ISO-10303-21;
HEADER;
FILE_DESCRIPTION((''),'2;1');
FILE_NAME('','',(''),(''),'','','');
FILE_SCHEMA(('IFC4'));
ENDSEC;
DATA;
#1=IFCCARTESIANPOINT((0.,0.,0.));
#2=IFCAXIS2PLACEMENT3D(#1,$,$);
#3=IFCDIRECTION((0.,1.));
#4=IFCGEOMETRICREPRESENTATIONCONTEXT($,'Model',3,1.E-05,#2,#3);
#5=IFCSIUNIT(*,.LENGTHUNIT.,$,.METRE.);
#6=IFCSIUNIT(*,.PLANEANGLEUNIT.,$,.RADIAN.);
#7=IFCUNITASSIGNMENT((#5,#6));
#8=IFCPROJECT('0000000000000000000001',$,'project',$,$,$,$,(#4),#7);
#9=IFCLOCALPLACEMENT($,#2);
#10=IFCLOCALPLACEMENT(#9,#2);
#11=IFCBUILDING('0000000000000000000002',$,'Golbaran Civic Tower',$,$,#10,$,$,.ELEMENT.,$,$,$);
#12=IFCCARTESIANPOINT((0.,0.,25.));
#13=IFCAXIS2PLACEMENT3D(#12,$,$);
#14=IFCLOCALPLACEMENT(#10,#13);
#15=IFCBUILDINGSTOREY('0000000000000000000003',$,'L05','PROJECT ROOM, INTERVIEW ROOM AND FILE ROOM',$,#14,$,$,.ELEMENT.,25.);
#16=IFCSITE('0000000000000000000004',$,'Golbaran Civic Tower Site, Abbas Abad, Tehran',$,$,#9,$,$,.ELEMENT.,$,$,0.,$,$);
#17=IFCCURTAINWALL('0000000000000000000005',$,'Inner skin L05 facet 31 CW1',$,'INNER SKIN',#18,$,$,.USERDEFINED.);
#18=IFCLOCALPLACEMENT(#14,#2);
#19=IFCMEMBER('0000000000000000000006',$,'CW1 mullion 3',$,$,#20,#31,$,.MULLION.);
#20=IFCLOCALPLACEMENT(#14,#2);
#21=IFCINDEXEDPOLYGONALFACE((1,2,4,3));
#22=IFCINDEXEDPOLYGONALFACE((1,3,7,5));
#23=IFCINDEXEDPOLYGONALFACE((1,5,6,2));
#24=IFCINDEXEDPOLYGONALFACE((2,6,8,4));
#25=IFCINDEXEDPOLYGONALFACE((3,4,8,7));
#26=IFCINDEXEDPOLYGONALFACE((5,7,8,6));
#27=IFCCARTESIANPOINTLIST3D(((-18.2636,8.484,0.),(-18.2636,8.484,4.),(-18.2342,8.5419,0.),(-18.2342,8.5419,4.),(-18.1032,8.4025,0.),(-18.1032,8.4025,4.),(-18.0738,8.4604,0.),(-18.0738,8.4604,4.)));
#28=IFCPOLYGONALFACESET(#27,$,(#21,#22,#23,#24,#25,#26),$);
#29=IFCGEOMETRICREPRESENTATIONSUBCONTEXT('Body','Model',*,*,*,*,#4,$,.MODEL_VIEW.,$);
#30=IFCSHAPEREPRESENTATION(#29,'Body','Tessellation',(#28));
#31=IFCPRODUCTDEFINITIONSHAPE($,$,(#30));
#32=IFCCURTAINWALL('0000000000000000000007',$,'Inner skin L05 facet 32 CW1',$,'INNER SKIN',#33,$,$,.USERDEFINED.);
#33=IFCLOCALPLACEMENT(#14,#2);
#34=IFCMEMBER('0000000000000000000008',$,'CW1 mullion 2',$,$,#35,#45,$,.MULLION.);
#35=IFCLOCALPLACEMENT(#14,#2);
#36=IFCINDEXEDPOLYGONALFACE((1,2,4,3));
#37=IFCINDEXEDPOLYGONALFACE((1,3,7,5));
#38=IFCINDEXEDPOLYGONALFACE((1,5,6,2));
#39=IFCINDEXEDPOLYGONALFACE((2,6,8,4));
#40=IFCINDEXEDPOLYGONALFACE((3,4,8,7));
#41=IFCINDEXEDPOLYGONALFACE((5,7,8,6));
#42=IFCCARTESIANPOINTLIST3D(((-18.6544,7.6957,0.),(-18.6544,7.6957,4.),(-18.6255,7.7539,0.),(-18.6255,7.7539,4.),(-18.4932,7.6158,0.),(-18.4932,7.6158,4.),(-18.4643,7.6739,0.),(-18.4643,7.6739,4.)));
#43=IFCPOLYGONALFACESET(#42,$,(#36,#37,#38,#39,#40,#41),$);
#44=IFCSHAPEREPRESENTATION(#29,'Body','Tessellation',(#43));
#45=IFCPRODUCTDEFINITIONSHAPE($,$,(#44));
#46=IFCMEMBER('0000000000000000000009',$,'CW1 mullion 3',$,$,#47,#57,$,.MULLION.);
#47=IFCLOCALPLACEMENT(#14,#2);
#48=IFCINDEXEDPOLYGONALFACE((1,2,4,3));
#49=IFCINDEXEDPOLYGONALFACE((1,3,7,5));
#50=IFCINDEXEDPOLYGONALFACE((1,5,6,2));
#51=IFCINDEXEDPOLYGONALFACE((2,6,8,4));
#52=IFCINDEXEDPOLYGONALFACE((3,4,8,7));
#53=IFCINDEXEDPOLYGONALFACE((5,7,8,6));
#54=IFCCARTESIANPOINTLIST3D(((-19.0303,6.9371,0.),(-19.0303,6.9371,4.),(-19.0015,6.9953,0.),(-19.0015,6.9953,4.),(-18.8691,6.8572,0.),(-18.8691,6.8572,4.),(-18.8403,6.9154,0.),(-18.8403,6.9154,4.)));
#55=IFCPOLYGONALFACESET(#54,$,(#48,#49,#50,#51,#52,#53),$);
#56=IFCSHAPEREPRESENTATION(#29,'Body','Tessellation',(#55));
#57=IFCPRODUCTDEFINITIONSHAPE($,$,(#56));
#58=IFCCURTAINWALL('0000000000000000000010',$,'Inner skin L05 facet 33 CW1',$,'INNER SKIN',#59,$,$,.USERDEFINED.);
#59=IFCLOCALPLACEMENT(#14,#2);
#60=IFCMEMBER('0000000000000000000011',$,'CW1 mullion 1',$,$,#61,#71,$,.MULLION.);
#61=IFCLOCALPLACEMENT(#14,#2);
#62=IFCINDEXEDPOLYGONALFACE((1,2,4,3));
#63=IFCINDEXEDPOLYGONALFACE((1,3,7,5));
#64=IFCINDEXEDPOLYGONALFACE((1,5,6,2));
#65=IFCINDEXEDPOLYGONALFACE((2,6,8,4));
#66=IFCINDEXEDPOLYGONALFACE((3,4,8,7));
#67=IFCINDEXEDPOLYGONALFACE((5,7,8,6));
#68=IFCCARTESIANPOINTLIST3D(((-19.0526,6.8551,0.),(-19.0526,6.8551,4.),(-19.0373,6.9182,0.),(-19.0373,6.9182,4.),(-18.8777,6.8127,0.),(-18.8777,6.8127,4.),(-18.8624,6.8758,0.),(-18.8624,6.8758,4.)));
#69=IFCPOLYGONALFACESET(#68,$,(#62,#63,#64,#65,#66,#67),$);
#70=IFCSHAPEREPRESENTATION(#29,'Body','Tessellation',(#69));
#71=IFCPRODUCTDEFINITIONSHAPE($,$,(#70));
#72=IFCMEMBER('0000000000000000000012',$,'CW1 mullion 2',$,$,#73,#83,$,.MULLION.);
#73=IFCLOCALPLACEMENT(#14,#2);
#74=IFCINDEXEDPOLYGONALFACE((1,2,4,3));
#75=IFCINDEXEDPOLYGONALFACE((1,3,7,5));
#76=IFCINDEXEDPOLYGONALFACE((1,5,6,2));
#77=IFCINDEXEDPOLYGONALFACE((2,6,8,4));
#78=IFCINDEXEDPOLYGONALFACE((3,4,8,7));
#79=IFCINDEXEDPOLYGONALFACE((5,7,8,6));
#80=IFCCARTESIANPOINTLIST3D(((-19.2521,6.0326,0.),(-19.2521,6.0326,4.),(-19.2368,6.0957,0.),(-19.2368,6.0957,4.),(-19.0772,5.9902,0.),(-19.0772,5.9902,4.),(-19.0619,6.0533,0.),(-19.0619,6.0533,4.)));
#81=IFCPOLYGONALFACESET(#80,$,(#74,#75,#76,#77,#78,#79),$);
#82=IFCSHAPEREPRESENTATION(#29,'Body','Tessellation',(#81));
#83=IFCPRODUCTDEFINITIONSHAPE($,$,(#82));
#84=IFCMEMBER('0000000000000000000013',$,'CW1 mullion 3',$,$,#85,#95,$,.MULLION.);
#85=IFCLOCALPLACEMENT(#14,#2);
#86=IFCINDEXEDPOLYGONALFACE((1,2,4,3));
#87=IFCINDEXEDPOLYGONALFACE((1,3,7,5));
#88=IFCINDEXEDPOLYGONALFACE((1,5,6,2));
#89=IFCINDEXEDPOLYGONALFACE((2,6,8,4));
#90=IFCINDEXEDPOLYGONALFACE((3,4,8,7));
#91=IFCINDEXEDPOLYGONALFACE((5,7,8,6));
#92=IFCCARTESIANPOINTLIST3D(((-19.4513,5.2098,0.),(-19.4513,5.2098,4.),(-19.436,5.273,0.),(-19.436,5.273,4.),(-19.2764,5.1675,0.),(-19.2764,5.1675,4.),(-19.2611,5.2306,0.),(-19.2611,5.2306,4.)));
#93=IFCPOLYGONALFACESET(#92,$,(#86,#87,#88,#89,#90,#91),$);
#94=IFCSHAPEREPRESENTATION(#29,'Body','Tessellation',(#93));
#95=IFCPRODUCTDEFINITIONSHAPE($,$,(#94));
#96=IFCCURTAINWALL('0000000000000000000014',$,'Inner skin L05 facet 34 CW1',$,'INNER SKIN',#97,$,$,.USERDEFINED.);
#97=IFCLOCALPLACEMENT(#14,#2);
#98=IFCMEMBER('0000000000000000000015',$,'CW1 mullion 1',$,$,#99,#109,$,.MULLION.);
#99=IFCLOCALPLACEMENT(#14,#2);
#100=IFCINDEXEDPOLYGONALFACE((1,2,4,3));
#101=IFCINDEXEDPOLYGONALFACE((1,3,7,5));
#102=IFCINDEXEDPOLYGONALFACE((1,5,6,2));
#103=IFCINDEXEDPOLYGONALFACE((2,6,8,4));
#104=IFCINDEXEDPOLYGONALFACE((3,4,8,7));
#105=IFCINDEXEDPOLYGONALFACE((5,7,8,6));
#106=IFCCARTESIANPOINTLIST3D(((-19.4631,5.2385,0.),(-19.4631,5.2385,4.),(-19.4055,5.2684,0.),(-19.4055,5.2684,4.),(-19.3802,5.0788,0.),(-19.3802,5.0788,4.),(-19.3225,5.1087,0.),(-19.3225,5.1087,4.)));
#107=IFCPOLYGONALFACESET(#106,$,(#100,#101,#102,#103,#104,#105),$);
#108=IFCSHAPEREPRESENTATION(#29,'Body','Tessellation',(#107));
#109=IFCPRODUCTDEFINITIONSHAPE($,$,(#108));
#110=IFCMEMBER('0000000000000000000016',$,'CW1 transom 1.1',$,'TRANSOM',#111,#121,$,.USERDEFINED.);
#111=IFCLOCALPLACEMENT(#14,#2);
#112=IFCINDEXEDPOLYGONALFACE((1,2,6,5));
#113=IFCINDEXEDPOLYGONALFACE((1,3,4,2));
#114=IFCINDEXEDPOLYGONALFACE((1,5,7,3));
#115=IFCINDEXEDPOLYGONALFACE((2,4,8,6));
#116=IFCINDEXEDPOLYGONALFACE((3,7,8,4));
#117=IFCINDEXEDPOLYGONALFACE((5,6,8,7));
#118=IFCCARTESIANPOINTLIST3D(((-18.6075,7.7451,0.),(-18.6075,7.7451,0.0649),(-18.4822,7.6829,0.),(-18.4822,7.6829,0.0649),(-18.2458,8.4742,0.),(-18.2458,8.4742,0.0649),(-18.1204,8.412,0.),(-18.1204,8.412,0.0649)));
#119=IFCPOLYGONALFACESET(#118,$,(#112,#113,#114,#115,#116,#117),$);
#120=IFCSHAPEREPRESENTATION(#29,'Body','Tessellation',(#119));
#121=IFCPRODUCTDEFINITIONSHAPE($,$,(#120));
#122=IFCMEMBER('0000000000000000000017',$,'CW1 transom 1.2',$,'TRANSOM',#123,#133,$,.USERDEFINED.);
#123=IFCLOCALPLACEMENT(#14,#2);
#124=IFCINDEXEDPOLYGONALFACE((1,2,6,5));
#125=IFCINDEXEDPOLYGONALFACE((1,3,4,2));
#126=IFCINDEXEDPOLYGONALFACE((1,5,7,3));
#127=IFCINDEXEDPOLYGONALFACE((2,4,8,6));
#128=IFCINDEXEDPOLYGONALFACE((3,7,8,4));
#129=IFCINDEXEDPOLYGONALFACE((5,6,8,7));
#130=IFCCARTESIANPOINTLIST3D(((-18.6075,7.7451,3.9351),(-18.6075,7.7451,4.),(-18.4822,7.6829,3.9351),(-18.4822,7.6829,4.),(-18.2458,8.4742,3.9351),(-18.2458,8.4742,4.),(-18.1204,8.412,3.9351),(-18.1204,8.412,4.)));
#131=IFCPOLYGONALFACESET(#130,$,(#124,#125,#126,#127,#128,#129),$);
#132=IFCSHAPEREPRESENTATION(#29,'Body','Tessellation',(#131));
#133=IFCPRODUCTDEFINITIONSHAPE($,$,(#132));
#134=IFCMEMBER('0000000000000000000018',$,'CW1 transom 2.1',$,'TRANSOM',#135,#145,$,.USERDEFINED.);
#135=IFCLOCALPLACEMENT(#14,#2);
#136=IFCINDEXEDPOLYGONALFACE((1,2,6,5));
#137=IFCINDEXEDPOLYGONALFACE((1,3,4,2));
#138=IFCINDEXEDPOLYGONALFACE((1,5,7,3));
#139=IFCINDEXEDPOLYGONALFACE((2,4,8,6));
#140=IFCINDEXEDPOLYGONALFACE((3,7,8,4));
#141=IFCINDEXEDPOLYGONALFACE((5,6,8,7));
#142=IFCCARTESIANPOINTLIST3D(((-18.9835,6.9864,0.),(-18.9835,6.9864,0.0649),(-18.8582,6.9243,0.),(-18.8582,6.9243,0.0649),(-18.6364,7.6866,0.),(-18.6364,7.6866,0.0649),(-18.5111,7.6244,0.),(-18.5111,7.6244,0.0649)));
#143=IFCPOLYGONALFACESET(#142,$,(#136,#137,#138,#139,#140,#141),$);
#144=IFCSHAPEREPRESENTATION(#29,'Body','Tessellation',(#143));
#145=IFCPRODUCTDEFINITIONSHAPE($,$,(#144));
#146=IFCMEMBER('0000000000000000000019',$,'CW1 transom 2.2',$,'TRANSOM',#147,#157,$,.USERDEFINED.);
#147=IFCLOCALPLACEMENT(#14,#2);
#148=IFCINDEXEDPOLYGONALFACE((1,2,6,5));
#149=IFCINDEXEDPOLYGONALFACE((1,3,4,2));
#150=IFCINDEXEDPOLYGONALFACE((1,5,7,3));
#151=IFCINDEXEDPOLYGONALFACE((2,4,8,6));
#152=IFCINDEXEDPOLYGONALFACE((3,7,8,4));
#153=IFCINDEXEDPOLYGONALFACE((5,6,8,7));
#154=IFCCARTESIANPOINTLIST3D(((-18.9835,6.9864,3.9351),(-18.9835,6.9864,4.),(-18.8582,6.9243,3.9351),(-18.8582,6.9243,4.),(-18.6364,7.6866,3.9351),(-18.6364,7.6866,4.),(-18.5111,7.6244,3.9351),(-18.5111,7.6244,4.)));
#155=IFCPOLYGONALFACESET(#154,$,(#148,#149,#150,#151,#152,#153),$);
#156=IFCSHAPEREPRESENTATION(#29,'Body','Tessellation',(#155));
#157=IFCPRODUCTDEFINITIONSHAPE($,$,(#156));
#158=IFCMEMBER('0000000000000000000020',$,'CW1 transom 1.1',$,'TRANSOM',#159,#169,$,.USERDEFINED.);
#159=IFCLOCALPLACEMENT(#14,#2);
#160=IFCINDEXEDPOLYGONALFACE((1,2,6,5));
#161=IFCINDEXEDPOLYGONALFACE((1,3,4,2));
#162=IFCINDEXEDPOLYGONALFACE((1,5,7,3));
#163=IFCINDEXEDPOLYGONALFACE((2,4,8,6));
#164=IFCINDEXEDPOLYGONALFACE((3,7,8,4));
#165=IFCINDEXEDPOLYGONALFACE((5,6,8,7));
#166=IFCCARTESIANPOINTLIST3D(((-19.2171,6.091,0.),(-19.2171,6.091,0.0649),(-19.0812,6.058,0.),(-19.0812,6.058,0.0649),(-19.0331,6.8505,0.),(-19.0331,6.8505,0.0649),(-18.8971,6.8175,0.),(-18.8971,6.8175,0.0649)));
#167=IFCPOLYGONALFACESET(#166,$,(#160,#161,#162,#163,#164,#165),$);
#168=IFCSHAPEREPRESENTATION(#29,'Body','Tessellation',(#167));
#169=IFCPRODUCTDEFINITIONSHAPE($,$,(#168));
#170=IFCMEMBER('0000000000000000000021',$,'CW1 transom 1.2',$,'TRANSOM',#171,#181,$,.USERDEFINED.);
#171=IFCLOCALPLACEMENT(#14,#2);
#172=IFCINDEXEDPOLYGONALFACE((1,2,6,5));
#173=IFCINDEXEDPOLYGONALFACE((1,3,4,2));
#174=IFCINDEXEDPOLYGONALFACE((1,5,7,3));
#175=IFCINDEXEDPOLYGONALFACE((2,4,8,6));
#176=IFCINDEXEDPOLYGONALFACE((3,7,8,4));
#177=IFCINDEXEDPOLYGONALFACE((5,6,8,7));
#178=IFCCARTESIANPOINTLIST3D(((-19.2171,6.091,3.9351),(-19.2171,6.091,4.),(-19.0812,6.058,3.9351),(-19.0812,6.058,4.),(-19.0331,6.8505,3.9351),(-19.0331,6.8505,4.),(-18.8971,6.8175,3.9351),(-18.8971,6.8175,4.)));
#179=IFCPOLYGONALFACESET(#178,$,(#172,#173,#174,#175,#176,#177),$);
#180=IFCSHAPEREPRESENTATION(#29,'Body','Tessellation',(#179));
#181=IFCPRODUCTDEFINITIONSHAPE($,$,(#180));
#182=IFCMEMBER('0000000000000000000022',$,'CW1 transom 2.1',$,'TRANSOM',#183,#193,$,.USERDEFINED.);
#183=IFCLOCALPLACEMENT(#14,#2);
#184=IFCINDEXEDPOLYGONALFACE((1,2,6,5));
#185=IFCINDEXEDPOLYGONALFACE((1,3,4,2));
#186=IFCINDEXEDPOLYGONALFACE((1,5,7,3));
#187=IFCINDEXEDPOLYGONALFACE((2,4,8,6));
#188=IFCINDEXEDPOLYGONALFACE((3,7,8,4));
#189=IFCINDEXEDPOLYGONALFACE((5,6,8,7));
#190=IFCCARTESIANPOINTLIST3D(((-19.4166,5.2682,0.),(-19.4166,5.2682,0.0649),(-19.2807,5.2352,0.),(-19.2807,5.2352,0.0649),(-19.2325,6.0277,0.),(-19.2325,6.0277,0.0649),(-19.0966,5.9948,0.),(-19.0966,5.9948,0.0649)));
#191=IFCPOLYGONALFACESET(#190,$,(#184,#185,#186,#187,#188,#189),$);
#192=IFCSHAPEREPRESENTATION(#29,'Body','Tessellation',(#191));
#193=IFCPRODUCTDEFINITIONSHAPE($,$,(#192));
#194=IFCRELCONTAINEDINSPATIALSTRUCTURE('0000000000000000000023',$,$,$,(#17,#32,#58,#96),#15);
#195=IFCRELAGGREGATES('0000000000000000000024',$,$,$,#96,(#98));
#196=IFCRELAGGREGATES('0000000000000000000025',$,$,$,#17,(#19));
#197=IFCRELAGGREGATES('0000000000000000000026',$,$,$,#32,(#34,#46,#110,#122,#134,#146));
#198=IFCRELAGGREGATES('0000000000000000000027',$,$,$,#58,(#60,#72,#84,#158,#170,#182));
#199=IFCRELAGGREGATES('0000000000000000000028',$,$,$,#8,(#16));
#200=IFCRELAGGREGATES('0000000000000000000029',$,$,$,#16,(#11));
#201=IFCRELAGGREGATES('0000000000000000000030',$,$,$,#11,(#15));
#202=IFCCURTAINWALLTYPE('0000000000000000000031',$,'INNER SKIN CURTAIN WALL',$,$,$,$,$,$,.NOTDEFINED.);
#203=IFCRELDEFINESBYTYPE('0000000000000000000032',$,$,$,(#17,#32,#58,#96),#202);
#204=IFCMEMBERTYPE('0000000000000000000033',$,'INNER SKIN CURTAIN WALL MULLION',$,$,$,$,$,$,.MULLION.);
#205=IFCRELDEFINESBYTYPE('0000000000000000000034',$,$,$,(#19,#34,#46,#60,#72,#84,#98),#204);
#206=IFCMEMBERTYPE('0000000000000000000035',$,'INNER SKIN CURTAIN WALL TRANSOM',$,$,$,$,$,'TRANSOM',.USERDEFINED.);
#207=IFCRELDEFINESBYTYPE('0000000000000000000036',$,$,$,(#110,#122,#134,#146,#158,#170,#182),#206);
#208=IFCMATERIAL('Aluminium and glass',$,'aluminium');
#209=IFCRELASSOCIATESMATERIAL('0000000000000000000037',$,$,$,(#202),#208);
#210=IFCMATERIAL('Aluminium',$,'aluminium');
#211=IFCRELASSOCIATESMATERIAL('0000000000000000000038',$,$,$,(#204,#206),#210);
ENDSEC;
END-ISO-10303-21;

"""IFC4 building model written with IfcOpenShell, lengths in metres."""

from ifc_helpers import new_model, si_unit, direction, frame, origin, origin_2d, place, context, subcontext, project, spatial, rectangle, extrude, material, material_profile, profile_set, type_object, element, aggregate, save


model = new_model("IFC4")

# Units and contexts
model_context = context("Model", 3, precision=1e-05, world=origin(), true_north=direction((0.0, 1.0)))
body_context = subcontext(model_context, "Body", "Model", "MODEL_VIEW")
ifc_project = project(units=[si_unit("LENGTHUNIT", "METRE"), si_unit("PLANEANGLEUNIT", "RADIAN")], contexts=[model_context])

# Site, building, storey
site_placement = place(None, origin())
site = spatial("IfcSite", under=ifc_project, at=site_placement, Name="Golbaran Civic Tower Site, Abbas Abad, Tehran", CompositionType="ELEMENT", RefElevation=0.0)
building_placement = place(site_placement, origin())
building = spatial("IfcBuilding", under=site, at=building_placement, Name="Golbaran Civic Tower", CompositionType="ELEMENT")
storey_placement = place(building_placement, frame((0.0, 0.0, 25.0)))
storey = spatial("IfcBuildingStorey", under=building, at=storey_placement, Name="L05", Description="PROJECT ROOM, INTERVIEW ROOM AND FILE ROOM", CompositionType="ELEMENT", Elevation=25.0)

# Curtain wall, member
ifc_material_1 = material(Name="Aluminium and glass", Category="aluminium")
curtain_wall_type = type_object("IfcCurtainWallType", Name="INNER SKIN CURTAIN WALL", PredefinedType="NOTDEFINED", material=ifc_material_1)
curtain_wall_1_placement = place(storey_placement, origin())
curtain_wall_1 = element("IfcCurtainWall", 1, at=curtain_wall_1_placement, inside=storey, type_object=curtain_wall_type, Name="Inner skin L05 facet 31 CW1", ObjectType="INNER SKIN", PredefinedType="USERDEFINED")
ifc_material_2 = material(Name="Aluminium", Category="aluminium")
ifc_material_profile_1 = material_profile(ifc_material_2, rectangle(XDim=0.1799, YDim=0.0649, at=origin_2d()), Name="INNER SKIN CURTAIN WALL MULLION")
ifc_profile_set_1 = profile_set([ifc_material_profile_1], Name="Aluminium")
member_type_1 = type_object("IfcMemberType", Name="INNER SKIN CURTAIN WALL MULLION", PredefinedType="MULLION", material=ifc_profile_set_1)
member_1_placement = place(storey_placement, frame((-18.1687, 8.4722, 0.0), z_axis=(0.0, 0.0, 1.0), x_axis=(0.891492, -0.453037, 0.0)))
member_1 = element("IfcMember", 2, at=member_1_placement, type_object=member_type_1, Name="CW1 mullion 3", PredefinedType="MULLION", context=body_context, shape_type="SweptSolid", body=[
    extrude(rectangle(XDim=0.1799, YDim=0.0649, at=origin_2d()), origin(), (0.0, 0.0, 1.0), 4.0),
])

# Curtain walls, members
curtain_wall_2_placement = place(storey_placement, origin())
curtain_wall_2 = element("IfcCurtainWall", 3, at=curtain_wall_2_placement, inside=storey, type_object=curtain_wall_type, Name="Inner skin L05 facet 32 CW1", ObjectType="INNER SKIN", PredefinedType="USERDEFINED")
member_2_placement = place(storey_placement, frame((-18.5593, 7.6848, 0.0), z_axis=(0.0, 0.0, 1.0), x_axis=(0.895887, -0.444283, 0.0)))
member_2 = element("IfcMember", 4, at=member_2_placement, type_object=member_type_1, Name="CW1 mullion 2", PredefinedType="MULLION", context=body_context, shape_type="SweptSolid", body=[
    extrude(rectangle(XDim=0.1799, YDim=0.0649, at=origin_2d()), origin(), (0.0, 0.0, 1.0), 4.0),
])
member_3_placement = place(storey_placement, frame((-18.9353, 6.9263, 0.0), z_axis=(0.0, 0.0, 1.0), x_axis=(0.895887, -0.444283, 0.0)))
member_3 = element("IfcMember", 5, at=member_3_placement, type_object=member_type_1, Name="CW1 mullion 3", PredefinedType="MULLION", context=body_context, shape_type="SweptSolid", body=[
    extrude(rectangle(XDim=0.1799, YDim=0.0649, at=origin_2d()), origin(), (0.0, 0.0, 1.0), 4.0),
])
curtain_wall_3_placement = place(storey_placement, origin())
curtain_wall_3 = element("IfcCurtainWall", 6, at=curtain_wall_3_placement, inside=storey, type_object=curtain_wall_type, Name="Inner skin L05 facet 33 CW1", ObjectType="INNER SKIN", PredefinedType="USERDEFINED")
member_4_placement = place(storey_placement, frame((-18.9575, 6.8655, 0.0), z_axis=(0.0, 0.0, 1.0), x_axis=(0.971868, -0.235525, 0.0)))
member_4 = element("IfcMember", 7, at=member_4_placement, type_object=member_type_1, Name="CW1 mullion 1", PredefinedType="MULLION", context=body_context, shape_type="SweptSolid", body=[
    extrude(rectangle(XDim=0.1799, YDim=0.0649, at=origin_2d()), origin(), (0.0, 0.0, 1.0), 4.0),
])
member_5_placement = place(storey_placement, frame((-19.157, 6.043, 0.0), z_axis=(0.0, 0.0, 1.0), x_axis=(0.971868, -0.235525, 0.0)))
member_5 = element("IfcMember", 8, at=member_5_placement, type_object=member_type_1, Name="CW1 mullion 2", PredefinedType="MULLION", context=body_context, shape_type="SweptSolid", body=[
    extrude(rectangle(XDim=0.1799, YDim=0.0649, at=origin_2d()), origin(), (0.0, 0.0, 1.0), 4.0),
])
member_6_placement = place(storey_placement, frame((-19.3562, 5.2202, 0.0), z_axis=(0.0, 0.0, 1.0), x_axis=(0.971868, -0.235525, 0.0)))
member_6 = element("IfcMember", 9, at=member_6_placement, type_object=member_type_1, Name="CW1 mullion 3", PredefinedType="MULLION", context=body_context, shape_type="SweptSolid", body=[
    extrude(rectangle(XDim=0.1799, YDim=0.0649, at=origin_2d()), origin(), (0.0, 0.0, 1.0), 4.0),
])

# Curtain wall, member
curtain_wall_4_placement = place(storey_placement, origin())
curtain_wall_4 = element("IfcCurtainWall", 10, at=curtain_wall_4_placement, inside=storey, type_object=curtain_wall_type, Name="Inner skin L05 facet 34 CW1", ObjectType="INNER SKIN", PredefinedType="USERDEFINED")
member_7_placement = place(storey_placement, frame((-19.3928, 5.1736, 0.0), z_axis=(0.0, 0.0, 1.0), x_axis=(0.460945, -0.887429, 0.0)))
member_7 = element("IfcMember", 11, at=member_7_placement, type_object=member_type_1, Name="CW1 mullion 1", PredefinedType="MULLION", context=body_context, shape_type="SweptSolid", body=[
    extrude(rectangle(XDim=0.1799, YDim=0.0649, at=origin_2d()), origin(), (0.0, 0.0, 1.0), 4.0),
])

# Members
ifc_material_profile_2 = material_profile(ifc_material_2, rectangle(XDim=0.1399, YDim=0.0649, at=origin_2d()), Name="INNER SKIN CURTAIN WALL TRANSOM")
ifc_profile_set_2 = profile_set([ifc_material_profile_2], Name="Aluminium")
member_type_2 = type_object("IfcMemberType", Name="INNER SKIN CURTAIN WALL TRANSOM", ElementType="TRANSOM", PredefinedType="USERDEFINED", material=ifc_profile_set_2)
member_8_placement = place(storey_placement, frame((-18.1831, 8.4431, 0.0325), z_axis=(-0.444452, -0.895802, 0.0), x_axis=(0.895802, -0.444452, 0.0)))
member_8 = element("IfcMember", 12, at=member_8_placement, type_object=member_type_2, Name="CW1 transom 1.1", ObjectType="TRANSOM", PredefinedType="USERDEFINED", context=body_context, shape_type="SweptSolid", body=[
    extrude(rectangle(XDim=0.1399, YDim=0.0649, at=origin_2d()), origin(), (0.0, 0.0, 1.0), 0.814),
])
member_9_placement = place(storey_placement, frame((-18.1831, 8.4431, 3.9675), z_axis=(-0.444452, -0.895802, 0.0), x_axis=(0.895802, -0.444452, 0.0)))
member_9 = element("IfcMember", 13, at=member_9_placement, type_object=member_type_2, Name="CW1 transom 1.2", ObjectType="TRANSOM", PredefinedType="USERDEFINED", context=body_context, shape_type="SweptSolid", body=[
    extrude(rectangle(XDim=0.1399, YDim=0.0649, at=origin_2d()), origin(), (0.0, 0.0, 1.0), 0.814),
])
member_10_placement = place(storey_placement, frame((-18.5737, 7.6555, 0.0325), z_axis=(-0.444212, -0.895922, 0.0), x_axis=(0.895922, -0.444212, 0.0)))
member_10 = element("IfcMember", 14, at=member_10_placement, type_object=member_type_2, Name="CW1 transom 2.1", ObjectType="TRANSOM", PredefinedType="USERDEFINED", context=body_context, shape_type="SweptSolid", body=[
    extrude(rectangle(XDim=0.1399, YDim=0.0649, at=origin_2d()), origin(), (0.0, 0.0, 1.0), 0.7815),
])
member_11_placement = place(storey_placement, frame((-18.5737, 7.6555, 3.9675), z_axis=(-0.444212, -0.895922, 0.0), x_axis=(0.895922, -0.444212, 0.0)))
member_11 = element("IfcMember", 15, at=member_11_placement, type_object=member_type_2, Name="CW1 transom 2.2", ObjectType="TRANSOM", PredefinedType="USERDEFINED", context=body_context, shape_type="SweptSolid", body=[
    extrude(rectangle(XDim=0.1399, YDim=0.0649, at=origin_2d()), origin(), (0.0, 0.0, 1.0), 0.7815),
])
member_12_placement = place(storey_placement, frame((-18.9651, 6.834, 0.0325), z_axis=(-0.235546, -0.971863, 0.0), x_axis=(0.971863, -0.235546, 0.0)))
member_12 = element("IfcMember", 16, at=member_12_placement, type_object=member_type_2, Name="CW1 transom 1.1", ObjectType="TRANSOM", PredefinedType="USERDEFINED", context=body_context, shape_type="SweptSolid", body=[
    extrude(rectangle(XDim=0.1399, YDim=0.0649, at=origin_2d()), origin(), (0.0, 0.0, 1.0), 0.7815),
])
member_13_placement = place(storey_placement, frame((-18.9651, 6.834, 3.9675), z_axis=(-0.235546, -0.971863, 0.0), x_axis=(0.971863, -0.235546, 0.0)))
member_13 = element("IfcMember", 17, at=member_13_placement, type_object=member_type_2, Name="CW1 transom 1.2", ObjectType="TRANSOM", PredefinedType="USERDEFINED", context=body_context, shape_type="SweptSolid", body=[
    extrude(rectangle(XDim=0.1399, YDim=0.0649, at=origin_2d()), origin(), (0.0, 0.0, 1.0), 0.7815),
])
member_14_placement = place(storey_placement, frame((-19.1646, 6.0112, 0.0325), z_axis=(-0.235546, -0.971863, 0.0), x_axis=(0.971863, -0.235546, 0.0)))
member_14 = element("IfcMember", 18, at=member_14_placement, type_object=member_type_2, Name="CW1 transom 2.1", ObjectType="TRANSOM", PredefinedType="USERDEFINED", context=body_context, shape_type="SweptSolid", body=[
    extrude(rectangle(XDim=0.1399, YDim=0.0649, at=origin_2d()), origin(), (0.0, 0.0, 1.0), 0.7815),
])
aggregate(curtain_wall_4, [member_7])

aggregate(curtain_wall_1, [member_1])
aggregate(curtain_wall_2, [member_2, member_3, member_8, member_9, member_10, member_11])
aggregate(curtain_wall_3, [member_4, member_5, member_6, member_12, member_13, member_14])

save(model, "model.ifc")
